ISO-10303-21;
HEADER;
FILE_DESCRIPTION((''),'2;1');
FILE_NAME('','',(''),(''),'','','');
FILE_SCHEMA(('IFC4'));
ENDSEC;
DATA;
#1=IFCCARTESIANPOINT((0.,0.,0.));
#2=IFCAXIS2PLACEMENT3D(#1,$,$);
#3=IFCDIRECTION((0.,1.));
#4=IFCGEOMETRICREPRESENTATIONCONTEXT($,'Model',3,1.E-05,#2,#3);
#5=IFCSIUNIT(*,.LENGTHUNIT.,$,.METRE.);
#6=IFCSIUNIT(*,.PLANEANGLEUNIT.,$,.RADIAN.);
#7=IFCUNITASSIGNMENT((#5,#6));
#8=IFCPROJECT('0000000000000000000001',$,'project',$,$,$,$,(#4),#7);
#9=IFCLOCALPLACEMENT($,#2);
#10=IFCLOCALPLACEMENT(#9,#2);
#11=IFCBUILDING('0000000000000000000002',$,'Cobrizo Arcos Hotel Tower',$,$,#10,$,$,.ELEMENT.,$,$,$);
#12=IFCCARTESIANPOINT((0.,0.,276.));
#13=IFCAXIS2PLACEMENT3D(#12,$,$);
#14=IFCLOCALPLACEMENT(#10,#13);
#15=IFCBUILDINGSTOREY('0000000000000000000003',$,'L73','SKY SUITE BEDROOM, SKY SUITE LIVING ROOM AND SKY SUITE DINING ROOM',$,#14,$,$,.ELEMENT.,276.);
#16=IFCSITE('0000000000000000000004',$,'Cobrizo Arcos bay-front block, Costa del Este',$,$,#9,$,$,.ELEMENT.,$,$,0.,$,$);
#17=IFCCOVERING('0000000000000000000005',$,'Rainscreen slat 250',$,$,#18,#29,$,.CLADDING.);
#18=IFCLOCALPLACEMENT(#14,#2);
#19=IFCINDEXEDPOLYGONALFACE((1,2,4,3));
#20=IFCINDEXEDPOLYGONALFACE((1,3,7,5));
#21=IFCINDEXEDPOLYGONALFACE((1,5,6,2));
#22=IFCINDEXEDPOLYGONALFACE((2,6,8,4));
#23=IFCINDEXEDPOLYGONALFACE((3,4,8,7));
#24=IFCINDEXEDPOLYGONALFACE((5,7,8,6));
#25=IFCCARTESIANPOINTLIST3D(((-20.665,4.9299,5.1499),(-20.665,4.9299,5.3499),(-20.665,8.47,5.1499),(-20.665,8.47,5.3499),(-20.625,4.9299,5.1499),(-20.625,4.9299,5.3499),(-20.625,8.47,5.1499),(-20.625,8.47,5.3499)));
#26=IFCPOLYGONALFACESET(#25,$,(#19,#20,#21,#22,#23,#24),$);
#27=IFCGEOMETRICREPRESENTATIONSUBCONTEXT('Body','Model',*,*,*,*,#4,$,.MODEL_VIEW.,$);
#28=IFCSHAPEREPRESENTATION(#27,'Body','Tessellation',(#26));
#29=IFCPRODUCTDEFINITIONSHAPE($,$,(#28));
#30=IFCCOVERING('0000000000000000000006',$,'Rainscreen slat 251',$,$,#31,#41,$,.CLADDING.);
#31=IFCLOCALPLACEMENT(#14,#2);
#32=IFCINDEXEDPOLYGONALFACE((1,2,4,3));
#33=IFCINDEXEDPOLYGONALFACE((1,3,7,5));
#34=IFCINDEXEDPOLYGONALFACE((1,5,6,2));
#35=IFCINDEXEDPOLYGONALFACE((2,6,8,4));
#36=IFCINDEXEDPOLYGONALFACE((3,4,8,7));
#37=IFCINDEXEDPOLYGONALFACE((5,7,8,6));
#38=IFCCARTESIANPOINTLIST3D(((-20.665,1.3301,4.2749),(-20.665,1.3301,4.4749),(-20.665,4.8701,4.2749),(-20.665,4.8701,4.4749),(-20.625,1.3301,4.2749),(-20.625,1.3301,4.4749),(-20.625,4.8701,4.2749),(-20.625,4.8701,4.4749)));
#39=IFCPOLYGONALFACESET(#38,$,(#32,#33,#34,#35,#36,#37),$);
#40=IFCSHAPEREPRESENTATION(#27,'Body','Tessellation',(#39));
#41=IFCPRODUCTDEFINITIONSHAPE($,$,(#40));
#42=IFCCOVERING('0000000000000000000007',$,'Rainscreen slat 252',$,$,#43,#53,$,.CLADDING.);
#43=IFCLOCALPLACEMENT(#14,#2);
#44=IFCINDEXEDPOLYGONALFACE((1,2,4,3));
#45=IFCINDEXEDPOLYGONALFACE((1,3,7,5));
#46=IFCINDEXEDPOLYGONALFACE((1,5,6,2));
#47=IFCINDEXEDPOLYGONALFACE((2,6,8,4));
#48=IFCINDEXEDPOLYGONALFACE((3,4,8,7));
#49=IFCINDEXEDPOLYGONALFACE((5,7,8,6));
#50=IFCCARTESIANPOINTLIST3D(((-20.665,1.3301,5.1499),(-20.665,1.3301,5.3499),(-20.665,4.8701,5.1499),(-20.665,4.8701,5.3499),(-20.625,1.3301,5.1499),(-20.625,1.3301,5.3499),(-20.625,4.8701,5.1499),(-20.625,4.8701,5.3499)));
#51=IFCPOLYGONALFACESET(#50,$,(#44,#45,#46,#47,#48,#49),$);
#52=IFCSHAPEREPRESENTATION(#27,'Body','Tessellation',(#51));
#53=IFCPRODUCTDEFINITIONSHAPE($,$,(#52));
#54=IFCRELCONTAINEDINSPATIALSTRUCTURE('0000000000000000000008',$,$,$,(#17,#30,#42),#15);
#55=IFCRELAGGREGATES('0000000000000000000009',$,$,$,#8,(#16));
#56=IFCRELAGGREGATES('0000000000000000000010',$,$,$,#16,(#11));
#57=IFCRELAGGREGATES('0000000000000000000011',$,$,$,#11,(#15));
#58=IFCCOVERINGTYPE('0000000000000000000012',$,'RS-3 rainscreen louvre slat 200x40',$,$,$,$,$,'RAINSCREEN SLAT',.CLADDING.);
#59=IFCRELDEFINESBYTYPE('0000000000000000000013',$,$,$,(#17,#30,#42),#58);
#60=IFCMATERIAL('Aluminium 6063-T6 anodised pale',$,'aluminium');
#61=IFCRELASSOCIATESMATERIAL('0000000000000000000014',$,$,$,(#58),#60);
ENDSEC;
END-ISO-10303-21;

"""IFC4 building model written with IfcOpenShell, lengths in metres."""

from ifc_helpers import new_model, si_unit, direction, frame, origin, origin_2d, place, context, subcontext, project, spatial, rectangle, extrude, material, type_object, element, save


model = new_model("IFC4")

# Units and contexts
model_context = context("Model", 3, precision=1e-05, world=origin(), true_north=direction((0.0, 1.0)))
body_context = subcontext(model_context, "Body", "Model", "MODEL_VIEW")
ifc_project = project(units=[si_unit("LENGTHUNIT", "METRE"), si_unit("PLANEANGLEUNIT", "RADIAN")], contexts=[model_context])

# Site, building, storey
site_placement = place(None, origin())
site = spatial("IfcSite", under=ifc_project, at=site_placement, Name="Cobrizo Arcos bay-front block, Costa del Este", CompositionType="ELEMENT", RefElevation=0.0)
building_placement = place(site_placement, origin())
building = spatial("IfcBuilding", under=site, at=building_placement, Name="Cobrizo Arcos Hotel Tower", CompositionType="ELEMENT")
storey_placement = place(building_placement, frame((0.0, 0.0, 276.0)))
storey = spatial("IfcBuildingStorey", under=building, at=storey_placement, Name="L73", Description="SKY SUITE BEDROOM, SKY SUITE LIVING ROOM AND SKY SUITE DINING ROOM", CompositionType="ELEMENT", Elevation=276.0)

# Coverings
ifc_material_1 = material(Name="Aluminium 6063-T6 anodised pale", Category="aluminium")
covering_type_1 = type_object("IfcCoveringType", Name="RS-3 rainscreen louvre slat 200x40", ElementType="RAINSCREEN SLAT", PredefinedType="CLADDING", material=ifc_material_1)
for number, where, z_axis, x_axis, name in (
    (1, (-20.645, 6.7, 5.1499), (0.0, 0.0, 1.0), (0.0, -1.0, 0.0), "Rainscreen slat 250"),
    (2, (-20.645, 3.1001, 4.2749), (0.0, 0.0, 1.0), (0.0, -1.0, 0.0), "Rainscreen slat 251"),
    (3, (-20.645, 3.1001, 5.1499), (0.0, 0.0, 1.0), (0.0, -1.0, 0.0), "Rainscreen slat 252"),
):
    element("IfcCovering", number, at=place(storey_placement, frame(where, z_axis=z_axis, x_axis=x_axis)), inside=storey, type_object=covering_type_1, Name=name, PredefinedType="CLADDING", context=body_context, shape_type="SweptSolid", body=[
        extrude(rectangle(XDim=3.54, YDim=0.04, at=origin_2d()), origin(), (0.0, 0.0, 1.0), 0.2),
    ])

save(model, "model.ifc")
